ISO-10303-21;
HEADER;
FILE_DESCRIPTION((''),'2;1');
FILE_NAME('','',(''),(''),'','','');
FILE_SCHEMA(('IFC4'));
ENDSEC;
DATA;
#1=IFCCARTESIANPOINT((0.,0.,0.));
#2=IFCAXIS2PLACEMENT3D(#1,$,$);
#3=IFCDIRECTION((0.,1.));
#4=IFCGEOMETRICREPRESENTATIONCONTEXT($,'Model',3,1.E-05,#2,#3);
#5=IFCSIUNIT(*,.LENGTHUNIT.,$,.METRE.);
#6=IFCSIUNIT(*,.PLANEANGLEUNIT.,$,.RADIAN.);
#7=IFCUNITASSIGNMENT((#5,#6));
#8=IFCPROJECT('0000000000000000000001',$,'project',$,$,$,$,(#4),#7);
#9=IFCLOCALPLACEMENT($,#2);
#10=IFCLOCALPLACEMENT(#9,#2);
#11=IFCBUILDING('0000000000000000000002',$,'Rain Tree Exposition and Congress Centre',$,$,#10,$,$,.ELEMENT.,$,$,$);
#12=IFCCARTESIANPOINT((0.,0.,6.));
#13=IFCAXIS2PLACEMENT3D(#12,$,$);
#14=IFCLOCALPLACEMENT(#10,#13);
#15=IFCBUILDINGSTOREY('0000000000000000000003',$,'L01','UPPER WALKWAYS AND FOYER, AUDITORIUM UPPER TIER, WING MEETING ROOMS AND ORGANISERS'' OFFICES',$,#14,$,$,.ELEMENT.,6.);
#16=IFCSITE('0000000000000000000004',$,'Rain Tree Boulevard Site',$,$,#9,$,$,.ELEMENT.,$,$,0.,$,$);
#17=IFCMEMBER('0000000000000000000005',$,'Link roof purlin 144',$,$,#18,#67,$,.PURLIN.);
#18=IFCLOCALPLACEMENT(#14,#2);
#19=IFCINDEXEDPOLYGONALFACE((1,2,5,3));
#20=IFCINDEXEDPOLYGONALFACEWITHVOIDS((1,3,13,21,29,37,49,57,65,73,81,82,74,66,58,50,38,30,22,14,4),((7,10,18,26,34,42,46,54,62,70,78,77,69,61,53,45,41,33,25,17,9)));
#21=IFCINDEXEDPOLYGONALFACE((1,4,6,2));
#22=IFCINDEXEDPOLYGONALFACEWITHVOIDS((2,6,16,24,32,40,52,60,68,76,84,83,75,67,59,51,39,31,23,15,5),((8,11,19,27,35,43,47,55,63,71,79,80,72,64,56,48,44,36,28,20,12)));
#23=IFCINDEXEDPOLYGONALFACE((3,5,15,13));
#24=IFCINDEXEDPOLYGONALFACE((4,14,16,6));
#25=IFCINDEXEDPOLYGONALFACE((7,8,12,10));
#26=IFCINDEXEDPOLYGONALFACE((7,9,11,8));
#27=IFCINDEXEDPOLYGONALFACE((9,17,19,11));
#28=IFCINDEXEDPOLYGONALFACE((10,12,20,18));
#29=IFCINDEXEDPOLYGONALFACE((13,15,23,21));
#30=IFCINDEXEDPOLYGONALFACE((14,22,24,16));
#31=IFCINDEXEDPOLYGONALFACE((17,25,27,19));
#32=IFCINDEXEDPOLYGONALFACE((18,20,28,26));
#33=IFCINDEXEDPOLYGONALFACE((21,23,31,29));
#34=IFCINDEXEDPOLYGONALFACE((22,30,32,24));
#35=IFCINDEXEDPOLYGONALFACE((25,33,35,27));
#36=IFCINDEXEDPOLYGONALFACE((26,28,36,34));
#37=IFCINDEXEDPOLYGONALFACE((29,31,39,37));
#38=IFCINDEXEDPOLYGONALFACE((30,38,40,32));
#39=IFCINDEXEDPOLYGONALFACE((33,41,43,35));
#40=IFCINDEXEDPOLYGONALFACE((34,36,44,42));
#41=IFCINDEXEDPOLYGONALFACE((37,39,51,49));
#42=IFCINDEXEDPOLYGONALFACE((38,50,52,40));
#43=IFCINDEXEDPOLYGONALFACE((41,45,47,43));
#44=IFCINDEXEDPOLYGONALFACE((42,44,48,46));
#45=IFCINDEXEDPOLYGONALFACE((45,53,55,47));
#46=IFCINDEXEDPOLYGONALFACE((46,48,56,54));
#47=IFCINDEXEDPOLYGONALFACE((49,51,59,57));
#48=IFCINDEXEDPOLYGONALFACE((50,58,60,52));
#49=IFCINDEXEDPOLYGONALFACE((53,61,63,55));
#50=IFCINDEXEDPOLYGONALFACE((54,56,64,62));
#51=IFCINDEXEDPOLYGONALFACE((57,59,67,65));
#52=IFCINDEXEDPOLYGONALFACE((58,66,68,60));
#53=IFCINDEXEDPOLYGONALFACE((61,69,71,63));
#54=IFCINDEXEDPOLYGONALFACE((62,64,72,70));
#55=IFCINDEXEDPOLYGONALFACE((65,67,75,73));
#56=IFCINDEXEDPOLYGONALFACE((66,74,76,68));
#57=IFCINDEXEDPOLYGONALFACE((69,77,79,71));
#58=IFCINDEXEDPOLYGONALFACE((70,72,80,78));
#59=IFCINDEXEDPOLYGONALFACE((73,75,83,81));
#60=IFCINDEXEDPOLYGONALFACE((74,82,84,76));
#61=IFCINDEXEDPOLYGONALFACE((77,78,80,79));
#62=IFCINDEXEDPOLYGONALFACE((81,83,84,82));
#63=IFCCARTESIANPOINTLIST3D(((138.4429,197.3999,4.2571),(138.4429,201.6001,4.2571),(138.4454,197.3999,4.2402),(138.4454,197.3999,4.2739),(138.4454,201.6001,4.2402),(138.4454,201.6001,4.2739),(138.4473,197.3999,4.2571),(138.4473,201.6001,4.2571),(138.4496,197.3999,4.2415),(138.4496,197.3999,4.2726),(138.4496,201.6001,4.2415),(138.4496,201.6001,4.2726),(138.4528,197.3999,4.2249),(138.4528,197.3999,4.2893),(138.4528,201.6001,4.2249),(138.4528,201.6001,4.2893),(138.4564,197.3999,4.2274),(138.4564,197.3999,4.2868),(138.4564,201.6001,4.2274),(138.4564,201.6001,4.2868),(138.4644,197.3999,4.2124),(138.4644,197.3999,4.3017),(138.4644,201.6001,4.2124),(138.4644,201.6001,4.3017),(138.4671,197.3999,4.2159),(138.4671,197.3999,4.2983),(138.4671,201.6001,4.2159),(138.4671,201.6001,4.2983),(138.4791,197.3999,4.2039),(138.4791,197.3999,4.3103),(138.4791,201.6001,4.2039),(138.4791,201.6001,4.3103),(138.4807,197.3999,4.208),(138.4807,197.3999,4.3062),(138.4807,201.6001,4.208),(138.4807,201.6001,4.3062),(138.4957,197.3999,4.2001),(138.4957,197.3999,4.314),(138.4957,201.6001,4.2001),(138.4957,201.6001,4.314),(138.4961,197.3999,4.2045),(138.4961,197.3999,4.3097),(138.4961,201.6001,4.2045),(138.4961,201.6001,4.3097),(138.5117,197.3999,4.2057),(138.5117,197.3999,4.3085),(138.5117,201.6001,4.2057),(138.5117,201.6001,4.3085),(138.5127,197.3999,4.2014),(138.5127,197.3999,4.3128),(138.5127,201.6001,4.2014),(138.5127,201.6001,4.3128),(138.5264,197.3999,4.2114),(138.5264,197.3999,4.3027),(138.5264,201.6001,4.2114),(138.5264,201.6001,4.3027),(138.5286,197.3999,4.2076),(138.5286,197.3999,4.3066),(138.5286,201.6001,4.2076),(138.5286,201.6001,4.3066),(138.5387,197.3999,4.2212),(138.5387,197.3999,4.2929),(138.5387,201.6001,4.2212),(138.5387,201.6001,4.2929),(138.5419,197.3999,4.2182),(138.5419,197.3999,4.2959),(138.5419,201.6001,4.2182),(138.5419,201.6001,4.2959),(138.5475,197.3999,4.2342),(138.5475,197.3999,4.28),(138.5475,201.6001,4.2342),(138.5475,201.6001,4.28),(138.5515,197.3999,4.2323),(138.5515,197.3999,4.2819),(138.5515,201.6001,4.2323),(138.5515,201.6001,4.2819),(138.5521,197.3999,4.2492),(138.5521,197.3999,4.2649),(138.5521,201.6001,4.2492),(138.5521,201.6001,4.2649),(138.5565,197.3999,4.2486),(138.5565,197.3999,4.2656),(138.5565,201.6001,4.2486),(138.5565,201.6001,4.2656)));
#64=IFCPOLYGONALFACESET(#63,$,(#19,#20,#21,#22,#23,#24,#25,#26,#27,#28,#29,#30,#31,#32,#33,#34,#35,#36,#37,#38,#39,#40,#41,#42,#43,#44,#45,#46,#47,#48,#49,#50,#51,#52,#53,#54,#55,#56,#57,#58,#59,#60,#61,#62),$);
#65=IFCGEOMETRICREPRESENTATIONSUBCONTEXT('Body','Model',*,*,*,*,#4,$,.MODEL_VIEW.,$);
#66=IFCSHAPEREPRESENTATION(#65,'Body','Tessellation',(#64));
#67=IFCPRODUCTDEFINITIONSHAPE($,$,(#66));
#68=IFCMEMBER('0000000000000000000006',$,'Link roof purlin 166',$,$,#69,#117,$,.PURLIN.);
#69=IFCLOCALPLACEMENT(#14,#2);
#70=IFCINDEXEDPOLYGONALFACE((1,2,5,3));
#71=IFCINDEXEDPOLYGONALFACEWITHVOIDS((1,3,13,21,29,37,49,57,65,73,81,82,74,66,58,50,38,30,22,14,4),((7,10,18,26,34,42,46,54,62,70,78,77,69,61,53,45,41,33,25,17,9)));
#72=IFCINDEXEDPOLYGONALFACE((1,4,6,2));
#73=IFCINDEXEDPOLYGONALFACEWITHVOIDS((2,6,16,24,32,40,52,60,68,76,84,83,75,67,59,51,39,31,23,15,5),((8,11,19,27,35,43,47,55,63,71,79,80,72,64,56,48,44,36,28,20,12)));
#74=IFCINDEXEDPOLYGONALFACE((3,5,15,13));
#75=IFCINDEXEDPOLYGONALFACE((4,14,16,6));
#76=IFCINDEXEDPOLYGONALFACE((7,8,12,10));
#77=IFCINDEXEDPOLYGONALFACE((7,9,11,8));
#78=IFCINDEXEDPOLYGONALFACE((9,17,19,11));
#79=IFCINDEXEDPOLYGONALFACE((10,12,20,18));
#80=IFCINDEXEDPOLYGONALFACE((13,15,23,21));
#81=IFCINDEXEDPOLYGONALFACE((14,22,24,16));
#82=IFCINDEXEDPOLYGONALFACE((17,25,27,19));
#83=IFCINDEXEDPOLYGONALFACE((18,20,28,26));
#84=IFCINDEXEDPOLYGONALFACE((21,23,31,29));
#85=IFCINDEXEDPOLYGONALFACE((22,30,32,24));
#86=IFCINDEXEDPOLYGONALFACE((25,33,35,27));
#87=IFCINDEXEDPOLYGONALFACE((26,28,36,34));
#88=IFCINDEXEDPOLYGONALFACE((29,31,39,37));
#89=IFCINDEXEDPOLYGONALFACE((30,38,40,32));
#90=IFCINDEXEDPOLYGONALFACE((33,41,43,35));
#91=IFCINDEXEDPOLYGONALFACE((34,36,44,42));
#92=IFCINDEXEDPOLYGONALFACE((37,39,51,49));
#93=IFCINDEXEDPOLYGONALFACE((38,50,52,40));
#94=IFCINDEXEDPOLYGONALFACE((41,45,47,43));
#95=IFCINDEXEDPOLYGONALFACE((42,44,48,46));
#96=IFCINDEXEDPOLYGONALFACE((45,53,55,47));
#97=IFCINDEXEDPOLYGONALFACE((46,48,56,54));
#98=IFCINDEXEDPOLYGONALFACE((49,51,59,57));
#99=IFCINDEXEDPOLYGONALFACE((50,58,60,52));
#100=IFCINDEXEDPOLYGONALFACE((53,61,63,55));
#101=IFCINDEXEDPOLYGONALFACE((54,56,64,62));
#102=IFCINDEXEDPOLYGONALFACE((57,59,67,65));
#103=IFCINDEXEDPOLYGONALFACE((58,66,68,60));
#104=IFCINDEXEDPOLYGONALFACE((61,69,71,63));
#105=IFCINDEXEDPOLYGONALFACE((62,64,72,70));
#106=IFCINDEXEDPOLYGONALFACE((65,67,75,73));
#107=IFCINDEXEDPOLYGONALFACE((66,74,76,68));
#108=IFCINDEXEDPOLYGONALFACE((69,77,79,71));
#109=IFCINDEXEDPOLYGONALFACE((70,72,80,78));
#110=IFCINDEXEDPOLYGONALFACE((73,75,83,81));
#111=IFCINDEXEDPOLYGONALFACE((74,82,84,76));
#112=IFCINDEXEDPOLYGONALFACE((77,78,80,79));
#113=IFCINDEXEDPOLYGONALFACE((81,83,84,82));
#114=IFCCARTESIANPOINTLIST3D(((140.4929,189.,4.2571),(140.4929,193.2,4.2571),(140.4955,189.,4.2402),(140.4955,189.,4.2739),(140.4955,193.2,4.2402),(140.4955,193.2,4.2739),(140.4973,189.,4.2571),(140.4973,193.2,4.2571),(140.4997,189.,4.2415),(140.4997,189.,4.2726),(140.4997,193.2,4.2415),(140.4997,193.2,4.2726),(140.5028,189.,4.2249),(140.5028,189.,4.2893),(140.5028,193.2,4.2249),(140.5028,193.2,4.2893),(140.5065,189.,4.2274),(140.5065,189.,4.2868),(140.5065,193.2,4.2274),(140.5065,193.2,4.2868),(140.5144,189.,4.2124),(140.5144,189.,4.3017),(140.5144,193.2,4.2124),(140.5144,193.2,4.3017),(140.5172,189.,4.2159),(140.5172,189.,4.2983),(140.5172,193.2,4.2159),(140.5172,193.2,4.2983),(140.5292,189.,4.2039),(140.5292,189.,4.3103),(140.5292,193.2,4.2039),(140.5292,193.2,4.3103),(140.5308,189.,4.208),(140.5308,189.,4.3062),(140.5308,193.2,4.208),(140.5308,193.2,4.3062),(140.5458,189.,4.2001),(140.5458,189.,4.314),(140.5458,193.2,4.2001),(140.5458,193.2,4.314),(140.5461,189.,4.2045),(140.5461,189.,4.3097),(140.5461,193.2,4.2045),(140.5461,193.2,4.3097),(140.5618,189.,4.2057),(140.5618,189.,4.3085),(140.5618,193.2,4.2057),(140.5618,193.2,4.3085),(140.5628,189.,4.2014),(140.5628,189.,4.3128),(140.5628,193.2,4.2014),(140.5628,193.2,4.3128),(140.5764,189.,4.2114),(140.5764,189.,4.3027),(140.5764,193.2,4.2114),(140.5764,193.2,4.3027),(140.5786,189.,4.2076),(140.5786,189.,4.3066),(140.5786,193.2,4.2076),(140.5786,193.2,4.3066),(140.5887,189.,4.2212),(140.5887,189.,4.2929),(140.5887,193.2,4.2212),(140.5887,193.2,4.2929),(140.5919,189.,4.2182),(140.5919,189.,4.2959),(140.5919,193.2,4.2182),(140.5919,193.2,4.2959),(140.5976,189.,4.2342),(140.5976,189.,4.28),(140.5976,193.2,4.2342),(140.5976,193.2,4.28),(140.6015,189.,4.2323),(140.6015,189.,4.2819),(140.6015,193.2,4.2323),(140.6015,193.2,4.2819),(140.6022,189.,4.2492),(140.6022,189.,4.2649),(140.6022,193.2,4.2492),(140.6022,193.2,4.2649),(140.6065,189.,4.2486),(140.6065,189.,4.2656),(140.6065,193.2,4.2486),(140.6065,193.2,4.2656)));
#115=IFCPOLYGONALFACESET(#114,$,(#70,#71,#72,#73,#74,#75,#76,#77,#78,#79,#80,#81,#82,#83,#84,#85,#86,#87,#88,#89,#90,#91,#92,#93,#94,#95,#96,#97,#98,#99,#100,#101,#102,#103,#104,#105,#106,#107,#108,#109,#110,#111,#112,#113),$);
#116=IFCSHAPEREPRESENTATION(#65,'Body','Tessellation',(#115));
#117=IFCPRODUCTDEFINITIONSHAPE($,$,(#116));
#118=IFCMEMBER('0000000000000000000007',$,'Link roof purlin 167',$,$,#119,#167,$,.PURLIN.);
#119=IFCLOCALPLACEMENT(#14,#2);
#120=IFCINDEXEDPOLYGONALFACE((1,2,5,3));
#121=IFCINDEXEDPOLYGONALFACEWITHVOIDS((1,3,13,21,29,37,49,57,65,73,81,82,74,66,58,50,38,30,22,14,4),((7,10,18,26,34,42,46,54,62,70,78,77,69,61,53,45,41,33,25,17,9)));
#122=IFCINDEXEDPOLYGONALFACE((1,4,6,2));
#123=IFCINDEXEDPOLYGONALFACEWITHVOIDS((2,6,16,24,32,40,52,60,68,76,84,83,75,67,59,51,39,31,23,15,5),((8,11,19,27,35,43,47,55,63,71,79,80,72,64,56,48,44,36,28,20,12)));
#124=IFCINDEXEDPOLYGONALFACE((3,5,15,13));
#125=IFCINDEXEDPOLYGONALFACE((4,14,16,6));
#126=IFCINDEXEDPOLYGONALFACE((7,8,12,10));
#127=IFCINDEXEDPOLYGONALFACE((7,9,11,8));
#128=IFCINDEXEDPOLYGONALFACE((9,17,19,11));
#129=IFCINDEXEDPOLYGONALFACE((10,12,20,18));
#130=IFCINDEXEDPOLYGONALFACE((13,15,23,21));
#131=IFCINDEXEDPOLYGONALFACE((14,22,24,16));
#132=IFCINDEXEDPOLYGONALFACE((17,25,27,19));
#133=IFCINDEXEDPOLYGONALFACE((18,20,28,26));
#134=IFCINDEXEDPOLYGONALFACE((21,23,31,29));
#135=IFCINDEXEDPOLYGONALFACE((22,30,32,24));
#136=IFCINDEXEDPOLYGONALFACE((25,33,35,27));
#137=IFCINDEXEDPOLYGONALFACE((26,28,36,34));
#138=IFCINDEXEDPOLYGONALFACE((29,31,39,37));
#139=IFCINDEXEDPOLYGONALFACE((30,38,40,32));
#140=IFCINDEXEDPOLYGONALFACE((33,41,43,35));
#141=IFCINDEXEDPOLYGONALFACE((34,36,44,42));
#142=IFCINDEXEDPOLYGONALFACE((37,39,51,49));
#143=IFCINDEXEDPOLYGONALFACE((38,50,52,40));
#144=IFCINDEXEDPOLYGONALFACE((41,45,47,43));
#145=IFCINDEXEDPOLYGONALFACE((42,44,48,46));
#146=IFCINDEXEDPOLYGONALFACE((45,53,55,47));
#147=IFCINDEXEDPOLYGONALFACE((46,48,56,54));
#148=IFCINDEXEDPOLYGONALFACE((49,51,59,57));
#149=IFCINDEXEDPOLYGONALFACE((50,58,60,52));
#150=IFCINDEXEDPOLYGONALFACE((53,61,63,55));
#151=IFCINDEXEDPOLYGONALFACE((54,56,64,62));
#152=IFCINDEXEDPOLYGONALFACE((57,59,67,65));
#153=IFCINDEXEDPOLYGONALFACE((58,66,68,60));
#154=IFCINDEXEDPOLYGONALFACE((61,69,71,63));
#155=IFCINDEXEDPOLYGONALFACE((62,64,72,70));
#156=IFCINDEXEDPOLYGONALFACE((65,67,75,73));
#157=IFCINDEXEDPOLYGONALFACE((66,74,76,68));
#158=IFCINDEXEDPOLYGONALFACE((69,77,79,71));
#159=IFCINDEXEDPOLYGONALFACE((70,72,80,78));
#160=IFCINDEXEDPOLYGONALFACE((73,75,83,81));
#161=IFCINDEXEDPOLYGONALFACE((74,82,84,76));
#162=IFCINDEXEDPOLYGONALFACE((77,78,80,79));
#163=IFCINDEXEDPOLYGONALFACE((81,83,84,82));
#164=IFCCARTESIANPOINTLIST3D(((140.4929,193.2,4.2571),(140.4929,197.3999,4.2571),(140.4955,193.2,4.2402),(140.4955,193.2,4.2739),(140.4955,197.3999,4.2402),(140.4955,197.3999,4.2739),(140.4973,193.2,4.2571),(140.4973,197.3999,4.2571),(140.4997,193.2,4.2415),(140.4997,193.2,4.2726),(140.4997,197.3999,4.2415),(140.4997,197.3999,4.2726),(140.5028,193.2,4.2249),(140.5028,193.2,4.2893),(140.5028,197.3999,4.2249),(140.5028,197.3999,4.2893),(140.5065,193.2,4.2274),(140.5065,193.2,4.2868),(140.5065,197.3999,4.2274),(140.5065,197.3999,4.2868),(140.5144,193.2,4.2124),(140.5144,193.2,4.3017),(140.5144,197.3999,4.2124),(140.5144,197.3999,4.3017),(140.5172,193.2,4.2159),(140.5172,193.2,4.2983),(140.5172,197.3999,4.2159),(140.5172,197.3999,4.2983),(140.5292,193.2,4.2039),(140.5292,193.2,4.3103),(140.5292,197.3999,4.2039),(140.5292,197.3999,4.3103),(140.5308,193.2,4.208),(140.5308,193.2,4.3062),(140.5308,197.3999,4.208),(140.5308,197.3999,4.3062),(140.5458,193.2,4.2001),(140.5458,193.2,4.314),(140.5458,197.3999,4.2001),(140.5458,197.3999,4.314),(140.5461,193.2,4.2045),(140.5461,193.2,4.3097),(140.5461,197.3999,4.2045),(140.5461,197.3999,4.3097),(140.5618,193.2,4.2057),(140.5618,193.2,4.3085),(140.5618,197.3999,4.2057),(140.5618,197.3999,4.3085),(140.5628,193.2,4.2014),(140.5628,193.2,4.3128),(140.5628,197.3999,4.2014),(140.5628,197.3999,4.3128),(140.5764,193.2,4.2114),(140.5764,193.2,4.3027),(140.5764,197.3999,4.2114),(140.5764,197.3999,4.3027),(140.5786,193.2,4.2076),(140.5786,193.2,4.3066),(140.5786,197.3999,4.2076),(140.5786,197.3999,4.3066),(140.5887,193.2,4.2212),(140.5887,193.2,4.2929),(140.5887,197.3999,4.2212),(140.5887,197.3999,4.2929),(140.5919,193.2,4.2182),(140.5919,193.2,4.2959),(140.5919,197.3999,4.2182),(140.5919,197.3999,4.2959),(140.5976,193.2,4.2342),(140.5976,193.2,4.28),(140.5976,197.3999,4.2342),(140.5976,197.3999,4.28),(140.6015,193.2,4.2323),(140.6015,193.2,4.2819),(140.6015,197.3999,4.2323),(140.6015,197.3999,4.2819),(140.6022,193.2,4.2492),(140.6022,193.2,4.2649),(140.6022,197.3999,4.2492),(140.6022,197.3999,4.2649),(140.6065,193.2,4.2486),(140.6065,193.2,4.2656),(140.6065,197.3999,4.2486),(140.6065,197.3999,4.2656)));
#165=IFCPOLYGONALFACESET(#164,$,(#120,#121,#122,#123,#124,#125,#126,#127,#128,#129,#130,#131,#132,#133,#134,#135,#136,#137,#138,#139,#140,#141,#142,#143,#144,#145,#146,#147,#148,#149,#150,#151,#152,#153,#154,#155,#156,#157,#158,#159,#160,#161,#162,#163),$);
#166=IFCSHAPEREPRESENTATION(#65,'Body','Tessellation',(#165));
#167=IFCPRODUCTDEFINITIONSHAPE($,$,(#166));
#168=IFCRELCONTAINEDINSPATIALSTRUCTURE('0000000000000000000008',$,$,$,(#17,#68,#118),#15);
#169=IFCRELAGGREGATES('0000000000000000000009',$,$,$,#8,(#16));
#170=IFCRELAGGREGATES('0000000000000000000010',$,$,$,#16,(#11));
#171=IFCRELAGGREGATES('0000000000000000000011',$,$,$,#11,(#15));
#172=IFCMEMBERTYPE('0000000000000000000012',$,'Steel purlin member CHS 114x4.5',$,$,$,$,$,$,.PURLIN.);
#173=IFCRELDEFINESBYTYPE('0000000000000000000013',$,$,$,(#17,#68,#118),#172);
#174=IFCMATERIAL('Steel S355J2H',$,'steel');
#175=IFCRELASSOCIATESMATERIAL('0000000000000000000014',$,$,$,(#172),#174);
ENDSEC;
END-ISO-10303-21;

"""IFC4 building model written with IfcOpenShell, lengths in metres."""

from ifc_helpers import new_model, si_unit, direction, frame, origin, origin_2d, place, context, subcontext, project, spatial, hollow_circle, extrude, material, material_profile, profile_set, type_object, element, save


model = new_model("IFC4")

# Units and contexts
model_context = context("Model", 3, precision=1e-05, world=origin(), true_north=direction((0.0, 1.0)))
body_context = subcontext(model_context, "Body", "Model", "MODEL_VIEW")
ifc_project = project(units=[si_unit("LENGTHUNIT", "METRE"), si_unit("PLANEANGLEUNIT", "RADIAN")], contexts=[model_context])

# Site, building, storey
site_placement = place(None, origin())
site = spatial("IfcSite", under=ifc_project, at=site_placement, Name="Rain Tree Boulevard Site", CompositionType="ELEMENT", RefElevation=0.0)
building_placement = place(site_placement, origin())
building = spatial("IfcBuilding", under=site, at=building_placement, Name="Rain Tree Exposition and Congress Centre", CompositionType="ELEMENT")
storey_placement = place(building_placement, frame((0.0, 0.0, 6.0)))
storey = spatial("IfcBuildingStorey", under=building, at=storey_placement, Name="L01", Description="UPPER WALKWAYS AND FOYER, AUDITORIUM UPPER TIER, WING MEETING ROOMS AND ORGANISERS' OFFICES", CompositionType="ELEMENT", Elevation=6.0)

# Members
ifc_material_1 = material(Name="Steel S355J2H", Category="steel")
ifc_material_profile_1 = material_profile(ifc_material_1, hollow_circle(Radius=0.0571, WallThickness=0.0044, at=origin_2d()), Name="CHS 114x4.5")
ifc_profile_set_1 = profile_set([ifc_material_profile_1], Name="Steel S355J2H")
member_type = type_object("IfcMemberType", Name="Steel purlin member CHS 114x4.5", PredefinedType="PURLIN", material=ifc_profile_set_1)
member_1_placement = place(storey_placement, frame((138.5, 197.3999, 4.2571), z_axis=(0.0, 1.0, 0.0), x_axis=(-1.0, 0.0, 0.0)))
element("IfcMember", 1, at=member_1_placement, inside=storey, type_object=member_type, Name="Link roof purlin 144", PredefinedType="PURLIN", context=body_context, shape_type="SweptSolid", body=[
    extrude(hollow_circle(Radius=0.0571, WallThickness=0.0044, at=origin_2d()), origin(), (0.0, 0.0, 1.0), 4.2002),
])
for number, where, z_axis, x_axis, name in (
    (2, (140.55, 189.0, 4.2571), (0.0, 1.0, 0.0), (-1.0, 0.0, 0.0), "Link roof purlin 166"),
    (3, (140.55, 193.2, 4.2571), (0.0, 1.0, 0.0), (-1.0, 0.0, 0.0), "Link roof purlin 167"),
):
    element("IfcMember", number, at=place(storey_placement, frame(where, z_axis=z_axis, x_axis=x_axis)), inside=storey, type_object=member_type, Name=name, PredefinedType="PURLIN", context=body_context, shape_type="SweptSolid", body=[
        extrude(hollow_circle(Radius=0.0571, WallThickness=0.0044, at=origin_2d()), origin(), (0.0, 0.0, 1.0), 4.2),
    ])

save(model, "model.ifc")
